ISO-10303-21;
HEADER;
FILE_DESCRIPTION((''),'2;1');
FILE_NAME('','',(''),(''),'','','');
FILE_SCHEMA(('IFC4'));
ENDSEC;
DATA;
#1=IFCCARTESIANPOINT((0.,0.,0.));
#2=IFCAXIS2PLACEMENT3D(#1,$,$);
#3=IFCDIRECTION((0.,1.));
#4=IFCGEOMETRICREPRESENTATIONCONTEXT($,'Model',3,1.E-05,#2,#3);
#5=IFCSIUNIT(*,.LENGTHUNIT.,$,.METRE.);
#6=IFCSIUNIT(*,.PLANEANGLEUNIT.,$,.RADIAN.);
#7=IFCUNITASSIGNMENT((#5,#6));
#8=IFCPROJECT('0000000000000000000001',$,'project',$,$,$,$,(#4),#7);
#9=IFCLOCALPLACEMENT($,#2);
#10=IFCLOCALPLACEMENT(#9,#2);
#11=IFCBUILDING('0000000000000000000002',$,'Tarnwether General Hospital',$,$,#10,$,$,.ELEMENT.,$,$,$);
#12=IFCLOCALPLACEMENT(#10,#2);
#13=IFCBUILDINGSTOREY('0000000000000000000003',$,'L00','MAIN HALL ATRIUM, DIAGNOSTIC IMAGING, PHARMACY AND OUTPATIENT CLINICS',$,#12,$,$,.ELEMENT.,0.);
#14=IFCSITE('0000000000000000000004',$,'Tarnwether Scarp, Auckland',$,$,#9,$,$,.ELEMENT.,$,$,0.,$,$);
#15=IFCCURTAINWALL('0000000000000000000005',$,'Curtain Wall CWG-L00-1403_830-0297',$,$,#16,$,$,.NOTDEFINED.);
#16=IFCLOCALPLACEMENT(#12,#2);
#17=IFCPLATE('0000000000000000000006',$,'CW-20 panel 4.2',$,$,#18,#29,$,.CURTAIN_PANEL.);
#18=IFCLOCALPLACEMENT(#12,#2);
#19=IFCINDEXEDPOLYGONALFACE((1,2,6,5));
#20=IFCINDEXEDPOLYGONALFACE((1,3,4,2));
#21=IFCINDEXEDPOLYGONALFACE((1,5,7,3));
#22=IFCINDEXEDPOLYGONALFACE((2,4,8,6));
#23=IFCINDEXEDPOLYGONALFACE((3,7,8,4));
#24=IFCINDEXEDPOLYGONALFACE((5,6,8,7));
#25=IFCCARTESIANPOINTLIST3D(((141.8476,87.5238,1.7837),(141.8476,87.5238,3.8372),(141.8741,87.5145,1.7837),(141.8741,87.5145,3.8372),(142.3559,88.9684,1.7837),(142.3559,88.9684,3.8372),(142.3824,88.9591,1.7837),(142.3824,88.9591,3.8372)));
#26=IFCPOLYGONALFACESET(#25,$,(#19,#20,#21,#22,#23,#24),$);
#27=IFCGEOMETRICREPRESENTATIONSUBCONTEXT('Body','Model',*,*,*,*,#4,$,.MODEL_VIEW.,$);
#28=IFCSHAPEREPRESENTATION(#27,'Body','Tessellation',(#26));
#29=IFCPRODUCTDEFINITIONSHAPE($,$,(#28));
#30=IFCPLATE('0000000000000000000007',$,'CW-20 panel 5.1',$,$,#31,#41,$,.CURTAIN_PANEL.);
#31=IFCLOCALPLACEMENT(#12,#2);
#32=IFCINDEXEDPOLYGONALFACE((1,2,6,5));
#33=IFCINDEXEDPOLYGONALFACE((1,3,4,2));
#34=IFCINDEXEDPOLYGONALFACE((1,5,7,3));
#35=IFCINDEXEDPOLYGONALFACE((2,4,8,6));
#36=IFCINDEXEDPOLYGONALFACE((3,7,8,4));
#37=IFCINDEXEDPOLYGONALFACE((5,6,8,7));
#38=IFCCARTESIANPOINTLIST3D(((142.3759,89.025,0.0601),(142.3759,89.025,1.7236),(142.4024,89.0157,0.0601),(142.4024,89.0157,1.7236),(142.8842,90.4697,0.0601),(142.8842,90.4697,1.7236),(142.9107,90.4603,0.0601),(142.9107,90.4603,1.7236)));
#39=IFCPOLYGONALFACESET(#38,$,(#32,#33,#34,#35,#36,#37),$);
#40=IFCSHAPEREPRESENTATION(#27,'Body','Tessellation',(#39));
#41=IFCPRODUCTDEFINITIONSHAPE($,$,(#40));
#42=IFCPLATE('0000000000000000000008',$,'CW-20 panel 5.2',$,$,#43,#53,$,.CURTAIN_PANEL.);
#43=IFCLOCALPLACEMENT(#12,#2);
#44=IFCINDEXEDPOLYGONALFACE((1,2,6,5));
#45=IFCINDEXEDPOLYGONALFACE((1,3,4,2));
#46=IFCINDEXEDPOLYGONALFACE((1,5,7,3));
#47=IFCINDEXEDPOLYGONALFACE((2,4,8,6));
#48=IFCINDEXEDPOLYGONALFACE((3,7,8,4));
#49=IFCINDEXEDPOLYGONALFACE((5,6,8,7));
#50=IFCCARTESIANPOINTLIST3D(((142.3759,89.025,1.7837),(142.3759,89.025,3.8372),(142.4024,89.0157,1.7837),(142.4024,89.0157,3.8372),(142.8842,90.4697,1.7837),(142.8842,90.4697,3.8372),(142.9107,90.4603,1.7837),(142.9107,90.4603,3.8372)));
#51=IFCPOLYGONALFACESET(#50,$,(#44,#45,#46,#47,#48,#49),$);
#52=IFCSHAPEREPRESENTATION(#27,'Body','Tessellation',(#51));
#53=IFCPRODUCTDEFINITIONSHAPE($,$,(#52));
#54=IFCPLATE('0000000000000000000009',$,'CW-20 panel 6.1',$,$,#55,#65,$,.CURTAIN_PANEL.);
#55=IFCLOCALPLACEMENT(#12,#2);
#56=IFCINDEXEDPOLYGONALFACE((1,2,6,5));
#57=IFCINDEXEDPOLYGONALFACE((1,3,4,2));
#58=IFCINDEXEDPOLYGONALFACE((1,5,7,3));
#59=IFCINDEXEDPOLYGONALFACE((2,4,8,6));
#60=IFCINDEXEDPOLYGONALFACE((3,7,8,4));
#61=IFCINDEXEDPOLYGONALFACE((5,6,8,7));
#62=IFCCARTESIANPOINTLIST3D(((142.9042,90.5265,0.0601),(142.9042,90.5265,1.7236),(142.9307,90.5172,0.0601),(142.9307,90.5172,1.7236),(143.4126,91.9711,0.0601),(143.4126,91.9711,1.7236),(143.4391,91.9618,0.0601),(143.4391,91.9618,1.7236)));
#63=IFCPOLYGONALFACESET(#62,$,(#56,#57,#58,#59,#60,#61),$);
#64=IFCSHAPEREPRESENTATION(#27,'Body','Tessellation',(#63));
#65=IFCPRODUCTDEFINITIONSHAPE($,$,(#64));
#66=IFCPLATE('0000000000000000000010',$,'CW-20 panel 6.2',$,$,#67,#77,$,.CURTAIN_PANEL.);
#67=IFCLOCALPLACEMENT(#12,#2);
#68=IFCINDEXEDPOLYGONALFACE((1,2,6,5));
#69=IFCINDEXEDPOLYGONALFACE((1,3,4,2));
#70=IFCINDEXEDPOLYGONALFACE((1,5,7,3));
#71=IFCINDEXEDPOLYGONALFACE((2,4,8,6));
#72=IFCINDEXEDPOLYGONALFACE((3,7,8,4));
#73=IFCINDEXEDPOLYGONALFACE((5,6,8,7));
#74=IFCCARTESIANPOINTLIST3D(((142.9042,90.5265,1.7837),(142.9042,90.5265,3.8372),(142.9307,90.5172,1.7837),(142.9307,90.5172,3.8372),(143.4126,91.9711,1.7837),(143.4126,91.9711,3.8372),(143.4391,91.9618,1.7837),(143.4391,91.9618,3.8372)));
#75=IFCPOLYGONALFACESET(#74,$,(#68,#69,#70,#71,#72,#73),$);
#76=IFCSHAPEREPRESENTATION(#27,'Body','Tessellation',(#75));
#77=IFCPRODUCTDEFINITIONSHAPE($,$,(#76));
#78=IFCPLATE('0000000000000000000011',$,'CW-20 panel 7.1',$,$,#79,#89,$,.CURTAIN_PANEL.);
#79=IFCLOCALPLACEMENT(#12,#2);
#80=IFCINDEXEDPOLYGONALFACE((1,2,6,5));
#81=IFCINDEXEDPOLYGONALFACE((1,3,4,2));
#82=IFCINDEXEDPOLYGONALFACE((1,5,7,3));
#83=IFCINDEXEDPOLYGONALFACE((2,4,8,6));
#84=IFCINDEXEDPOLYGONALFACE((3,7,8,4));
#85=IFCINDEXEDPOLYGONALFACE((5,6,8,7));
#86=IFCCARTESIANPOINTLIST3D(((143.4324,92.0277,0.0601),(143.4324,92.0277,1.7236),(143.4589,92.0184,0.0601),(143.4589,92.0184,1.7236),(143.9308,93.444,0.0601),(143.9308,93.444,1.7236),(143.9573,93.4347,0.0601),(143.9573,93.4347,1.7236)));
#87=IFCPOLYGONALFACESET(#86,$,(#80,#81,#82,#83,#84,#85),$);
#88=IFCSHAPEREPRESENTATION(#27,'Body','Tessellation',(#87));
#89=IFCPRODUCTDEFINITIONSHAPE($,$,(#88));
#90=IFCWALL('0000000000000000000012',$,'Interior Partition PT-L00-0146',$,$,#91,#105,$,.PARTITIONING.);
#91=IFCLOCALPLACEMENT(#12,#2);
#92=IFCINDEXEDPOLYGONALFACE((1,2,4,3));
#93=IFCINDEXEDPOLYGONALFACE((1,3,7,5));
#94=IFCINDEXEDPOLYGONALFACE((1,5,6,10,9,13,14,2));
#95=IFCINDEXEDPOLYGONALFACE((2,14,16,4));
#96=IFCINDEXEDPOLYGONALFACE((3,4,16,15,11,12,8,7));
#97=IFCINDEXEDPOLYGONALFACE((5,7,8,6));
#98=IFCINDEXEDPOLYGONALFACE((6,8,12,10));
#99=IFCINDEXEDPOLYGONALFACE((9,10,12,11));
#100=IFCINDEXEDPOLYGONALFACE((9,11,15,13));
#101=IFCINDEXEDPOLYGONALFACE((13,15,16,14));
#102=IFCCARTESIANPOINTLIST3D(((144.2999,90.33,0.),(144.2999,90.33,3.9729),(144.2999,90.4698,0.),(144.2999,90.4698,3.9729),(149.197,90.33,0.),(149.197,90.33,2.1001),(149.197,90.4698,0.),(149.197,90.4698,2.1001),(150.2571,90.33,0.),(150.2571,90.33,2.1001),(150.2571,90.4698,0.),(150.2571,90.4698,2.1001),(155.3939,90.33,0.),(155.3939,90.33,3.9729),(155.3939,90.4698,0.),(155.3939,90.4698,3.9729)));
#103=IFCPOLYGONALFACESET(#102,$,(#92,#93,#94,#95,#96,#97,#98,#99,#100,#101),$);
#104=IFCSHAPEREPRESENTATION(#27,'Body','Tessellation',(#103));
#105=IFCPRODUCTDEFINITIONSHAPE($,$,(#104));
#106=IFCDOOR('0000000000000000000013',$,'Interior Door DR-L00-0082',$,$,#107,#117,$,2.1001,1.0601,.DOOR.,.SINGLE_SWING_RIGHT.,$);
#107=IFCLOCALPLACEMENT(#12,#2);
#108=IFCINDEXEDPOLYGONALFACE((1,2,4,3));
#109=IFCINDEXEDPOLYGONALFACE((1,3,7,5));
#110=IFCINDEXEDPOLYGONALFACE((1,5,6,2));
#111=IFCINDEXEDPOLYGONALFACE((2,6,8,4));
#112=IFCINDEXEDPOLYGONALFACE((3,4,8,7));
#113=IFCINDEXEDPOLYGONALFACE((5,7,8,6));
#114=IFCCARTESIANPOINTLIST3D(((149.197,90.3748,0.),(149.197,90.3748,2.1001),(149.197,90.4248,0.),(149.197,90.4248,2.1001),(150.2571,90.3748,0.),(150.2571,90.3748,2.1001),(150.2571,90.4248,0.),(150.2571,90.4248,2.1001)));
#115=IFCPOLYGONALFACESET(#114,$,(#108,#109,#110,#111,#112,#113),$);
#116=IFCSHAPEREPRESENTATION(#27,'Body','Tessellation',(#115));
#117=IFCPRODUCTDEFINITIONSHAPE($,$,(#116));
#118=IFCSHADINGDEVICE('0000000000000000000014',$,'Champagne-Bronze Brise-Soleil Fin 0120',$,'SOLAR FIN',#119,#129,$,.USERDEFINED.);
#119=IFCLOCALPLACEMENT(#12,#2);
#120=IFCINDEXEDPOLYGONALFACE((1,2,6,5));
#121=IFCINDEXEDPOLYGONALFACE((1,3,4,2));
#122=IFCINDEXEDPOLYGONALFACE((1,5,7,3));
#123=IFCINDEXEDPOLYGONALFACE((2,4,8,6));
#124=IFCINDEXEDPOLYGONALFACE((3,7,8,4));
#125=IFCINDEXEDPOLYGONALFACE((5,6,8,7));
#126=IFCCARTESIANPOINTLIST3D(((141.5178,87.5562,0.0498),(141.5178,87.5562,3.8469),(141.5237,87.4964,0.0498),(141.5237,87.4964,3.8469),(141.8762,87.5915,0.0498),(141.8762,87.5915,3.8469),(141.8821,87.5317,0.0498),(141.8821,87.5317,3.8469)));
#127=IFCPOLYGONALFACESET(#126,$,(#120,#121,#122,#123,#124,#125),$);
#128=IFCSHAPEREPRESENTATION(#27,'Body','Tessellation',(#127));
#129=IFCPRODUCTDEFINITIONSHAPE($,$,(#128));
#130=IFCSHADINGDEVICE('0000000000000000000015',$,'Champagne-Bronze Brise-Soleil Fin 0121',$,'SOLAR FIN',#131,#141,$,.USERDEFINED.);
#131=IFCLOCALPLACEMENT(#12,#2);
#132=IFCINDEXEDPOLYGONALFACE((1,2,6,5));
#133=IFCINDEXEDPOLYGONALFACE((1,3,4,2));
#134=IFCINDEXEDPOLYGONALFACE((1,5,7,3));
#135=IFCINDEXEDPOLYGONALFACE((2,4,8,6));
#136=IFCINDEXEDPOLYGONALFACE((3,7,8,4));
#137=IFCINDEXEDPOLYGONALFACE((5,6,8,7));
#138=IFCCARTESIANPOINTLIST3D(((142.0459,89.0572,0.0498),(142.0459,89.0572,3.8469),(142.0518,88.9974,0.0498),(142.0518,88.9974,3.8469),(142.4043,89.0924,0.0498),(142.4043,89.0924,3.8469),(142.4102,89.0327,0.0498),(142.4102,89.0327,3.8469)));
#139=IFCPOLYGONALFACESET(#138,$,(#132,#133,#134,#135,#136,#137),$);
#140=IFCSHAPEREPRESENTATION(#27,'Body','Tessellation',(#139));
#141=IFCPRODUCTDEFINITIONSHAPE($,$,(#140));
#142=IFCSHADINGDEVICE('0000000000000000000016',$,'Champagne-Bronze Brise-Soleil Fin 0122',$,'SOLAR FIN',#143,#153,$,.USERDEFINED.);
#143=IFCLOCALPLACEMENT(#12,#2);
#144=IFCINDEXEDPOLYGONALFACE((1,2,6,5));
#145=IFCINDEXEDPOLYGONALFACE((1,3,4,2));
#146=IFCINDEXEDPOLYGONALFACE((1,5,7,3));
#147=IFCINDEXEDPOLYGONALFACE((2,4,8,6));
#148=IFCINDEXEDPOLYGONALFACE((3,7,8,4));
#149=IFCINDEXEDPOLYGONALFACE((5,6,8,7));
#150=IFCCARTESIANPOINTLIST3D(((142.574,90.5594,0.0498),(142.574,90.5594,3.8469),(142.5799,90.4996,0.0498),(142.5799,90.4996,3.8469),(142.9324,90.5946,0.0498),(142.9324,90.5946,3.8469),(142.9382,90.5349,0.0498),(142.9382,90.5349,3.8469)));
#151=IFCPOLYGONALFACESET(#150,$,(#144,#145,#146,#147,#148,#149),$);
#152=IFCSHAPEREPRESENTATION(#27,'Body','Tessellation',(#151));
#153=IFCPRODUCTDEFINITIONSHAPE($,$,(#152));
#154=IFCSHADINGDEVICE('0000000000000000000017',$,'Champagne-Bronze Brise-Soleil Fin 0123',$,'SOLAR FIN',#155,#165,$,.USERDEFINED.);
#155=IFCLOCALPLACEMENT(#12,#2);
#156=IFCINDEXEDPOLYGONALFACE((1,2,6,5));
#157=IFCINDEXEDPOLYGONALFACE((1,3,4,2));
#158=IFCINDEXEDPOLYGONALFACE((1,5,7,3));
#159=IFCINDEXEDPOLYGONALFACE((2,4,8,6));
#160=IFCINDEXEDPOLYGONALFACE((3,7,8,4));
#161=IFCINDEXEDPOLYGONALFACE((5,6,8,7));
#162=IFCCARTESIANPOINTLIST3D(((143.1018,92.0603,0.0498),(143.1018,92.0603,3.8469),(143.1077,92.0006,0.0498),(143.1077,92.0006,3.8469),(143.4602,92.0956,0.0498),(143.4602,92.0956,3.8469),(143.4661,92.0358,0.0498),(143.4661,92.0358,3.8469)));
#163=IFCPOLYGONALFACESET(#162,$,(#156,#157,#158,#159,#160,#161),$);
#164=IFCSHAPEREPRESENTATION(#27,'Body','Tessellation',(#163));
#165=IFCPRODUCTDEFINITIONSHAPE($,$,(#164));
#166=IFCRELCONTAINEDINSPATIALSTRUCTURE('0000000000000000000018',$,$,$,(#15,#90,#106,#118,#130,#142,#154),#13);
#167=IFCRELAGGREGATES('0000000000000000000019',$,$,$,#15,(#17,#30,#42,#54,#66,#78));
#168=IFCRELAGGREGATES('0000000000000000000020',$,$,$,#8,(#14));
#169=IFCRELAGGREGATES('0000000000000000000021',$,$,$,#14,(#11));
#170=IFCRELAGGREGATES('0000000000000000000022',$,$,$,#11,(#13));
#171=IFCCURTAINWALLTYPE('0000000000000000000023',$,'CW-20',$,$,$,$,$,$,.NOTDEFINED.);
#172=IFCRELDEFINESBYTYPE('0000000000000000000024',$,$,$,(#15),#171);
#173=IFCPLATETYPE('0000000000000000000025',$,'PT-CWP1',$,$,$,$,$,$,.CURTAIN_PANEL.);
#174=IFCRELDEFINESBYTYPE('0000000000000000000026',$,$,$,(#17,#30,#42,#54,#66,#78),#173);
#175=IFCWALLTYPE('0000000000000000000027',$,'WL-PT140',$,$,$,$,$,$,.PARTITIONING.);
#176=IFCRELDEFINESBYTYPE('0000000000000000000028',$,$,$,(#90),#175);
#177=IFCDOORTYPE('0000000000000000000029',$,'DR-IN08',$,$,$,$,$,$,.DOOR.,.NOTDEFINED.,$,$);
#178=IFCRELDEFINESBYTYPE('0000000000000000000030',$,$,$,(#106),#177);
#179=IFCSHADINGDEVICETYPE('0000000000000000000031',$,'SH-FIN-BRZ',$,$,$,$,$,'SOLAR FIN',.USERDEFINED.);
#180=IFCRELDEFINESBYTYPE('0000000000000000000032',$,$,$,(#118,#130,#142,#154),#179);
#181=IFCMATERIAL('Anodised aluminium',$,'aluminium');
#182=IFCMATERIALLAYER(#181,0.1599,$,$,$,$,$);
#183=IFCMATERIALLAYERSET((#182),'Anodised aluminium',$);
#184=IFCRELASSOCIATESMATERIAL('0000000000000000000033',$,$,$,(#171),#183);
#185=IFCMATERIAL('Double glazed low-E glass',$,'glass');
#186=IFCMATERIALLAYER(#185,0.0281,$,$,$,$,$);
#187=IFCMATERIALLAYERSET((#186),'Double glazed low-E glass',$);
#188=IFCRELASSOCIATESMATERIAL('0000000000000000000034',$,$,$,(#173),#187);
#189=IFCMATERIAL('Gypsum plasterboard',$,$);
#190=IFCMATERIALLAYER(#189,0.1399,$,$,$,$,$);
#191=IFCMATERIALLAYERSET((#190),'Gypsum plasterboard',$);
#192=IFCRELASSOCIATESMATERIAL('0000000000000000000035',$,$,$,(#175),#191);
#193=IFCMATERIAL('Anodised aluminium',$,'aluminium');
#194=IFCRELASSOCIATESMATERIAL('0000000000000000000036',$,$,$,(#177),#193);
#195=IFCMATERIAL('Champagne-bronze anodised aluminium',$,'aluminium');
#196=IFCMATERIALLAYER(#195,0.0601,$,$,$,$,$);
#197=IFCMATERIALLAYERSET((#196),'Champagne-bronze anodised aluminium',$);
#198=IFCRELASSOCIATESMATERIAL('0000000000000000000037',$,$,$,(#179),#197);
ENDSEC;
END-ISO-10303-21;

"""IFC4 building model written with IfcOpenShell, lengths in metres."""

from ifc_helpers import new_model, si_unit, direction, frame, frame_2d, origin, origin_2d, place, context, subcontext, project, spatial, rectangle, extrude, material, layer, layer_set, type_object, element, fill, aggregate, save


model = new_model("IFC4")

# Units and contexts
model_context = context("Model", 3, precision=1e-05, world=origin(), true_north=direction((0.0, 1.0)))
body_context = subcontext(model_context, "Body", "Model", "MODEL_VIEW")
ifc_project = project(units=[si_unit("LENGTHUNIT", "METRE"), si_unit("PLANEANGLEUNIT", "RADIAN")], contexts=[model_context])

# Site, building, storey
site_placement = place(None, origin())
site = spatial("IfcSite", under=ifc_project, at=site_placement, Name="Tarnwether Scarp, Auckland", CompositionType="ELEMENT", RefElevation=0.0)
building_placement = place(site_placement, origin())
building = spatial("IfcBuilding", under=site, at=building_placement, Name="Tarnwether General Hospital", CompositionType="ELEMENT")
storey_placement = place(building_placement, origin())
storey = spatial("IfcBuildingStorey", under=building, at=storey_placement, Name="L00", Description="MAIN HALL ATRIUM, DIAGNOSTIC IMAGING, PHARMACY AND OUTPATIENT CLINICS", CompositionType="ELEMENT", Elevation=0.0)

# Curtain wall, plates
ifc_material_1 = material(Name="Anodised aluminium", Category="aluminium")
ifc_layer_1 = layer(ifc_material_1, 0.1599)
ifc_layer_set_1 = layer_set([ifc_layer_1], Name="Anodised aluminium")
curtain_wall_type = type_object("IfcCurtainWallType", Name="CW-20", PredefinedType="NOTDEFINED", material=ifc_layer_set_1)
curtain_wall_placement = place(storey_placement, origin())
curtain_wall = element("IfcCurtainWall", 1, at=curtain_wall_placement, inside=storey, type_object=curtain_wall_type, Name="Curtain Wall CWG-L00-1403_830-0297", PredefinedType="NOTDEFINED")
ifc_material_2 = material(Name="Double glazed low-E glass", Category="glass")
ifc_layer_2 = layer(ifc_material_2, 0.0281)
ifc_layer_set_2 = layer_set([ifc_layer_2], Name="Double glazed low-E glass")
plate_type = type_object("IfcPlateType", Name="PT-CWP1", PredefinedType="CURTAIN_PANEL", material=ifc_layer_set_2)
plate_1_placement = place(storey_placement, frame((142.115, 88.2415, 1.7837), z_axis=(0.0, 0.0, 1.0), x_axis=(0.331937, 0.943301, 0.0)))
plate_1 = element("IfcPlate", 2, at=plate_1_placement, type_object=plate_type, Name="CW-20 panel 4.2", PredefinedType="CURTAIN_PANEL", context=body_context, shape_type="SweptSolid", body=[
    extrude(rectangle(XDim=1.5315, YDim=0.0281, at=origin_2d()), origin(), (0.0, 0.0, 1.0), 2.0535),
])
plate_2_placement = place(storey_placement, frame((142.6433, 89.7427, 0.0601), z_axis=(0.0, 0.0, 1.0), x_axis=(0.331937, 0.943301, 0.0)))
plate_2 = element("IfcPlate", 3, at=plate_2_placement, type_object=plate_type, Name="CW-20 panel 5.1", PredefinedType="CURTAIN_PANEL", context=body_context, shape_type="SweptSolid", body=[
    extrude(rectangle(XDim=1.5315, YDim=0.0281, at=origin_2d()), origin(), (0.0, 0.0, 1.0), 1.6636),
])
plate_3_placement = place(storey_placement, frame((142.6433, 89.7427, 1.7837), z_axis=(0.0, 0.0, 1.0), x_axis=(0.331937, 0.943301, 0.0)))
plate_3 = element("IfcPlate", 4, at=plate_3_placement, type_object=plate_type, Name="CW-20 panel 5.2", PredefinedType="CURTAIN_PANEL", context=body_context, shape_type="SweptSolid", body=[
    extrude(rectangle(XDim=1.5315, YDim=0.0281, at=origin_2d()), origin(), (0.0, 0.0, 1.0), 2.0535),
])
plate_4_placement = place(storey_placement, frame((143.1716, 91.2441, 0.0601), z_axis=(0.0, 0.0, 1.0), x_axis=(0.331937, 0.943301, 0.0)))
plate_4 = element("IfcPlate", 5, at=plate_4_placement, type_object=plate_type, Name="CW-20 panel 6.1", PredefinedType="CURTAIN_PANEL", context=body_context, shape_type="SweptSolid", body=[
    extrude(rectangle(XDim=1.5315, YDim=0.0281, at=origin_2d()), origin(), (0.0, 0.0, 1.0), 1.6636),
])
plate_5_placement = place(storey_placement, frame((143.1716, 91.2441, 1.7837), z_axis=(0.0, 0.0, 1.0), x_axis=(0.331937, 0.943301, 0.0)))
plate_5 = element("IfcPlate", 6, at=plate_5_placement, type_object=plate_type, Name="CW-20 panel 6.2", PredefinedType="CURTAIN_PANEL", context=body_context, shape_type="SweptSolid", body=[
    extrude(rectangle(XDim=1.5315, YDim=0.0281, at=origin_2d()), origin(), (0.0, 0.0, 1.0), 2.0535),
])
plate_6_placement = place(storey_placement, frame((143.6948, 92.7312, 0.0601), z_axis=(0.0, 0.0, 1.0), x_axis=(0.331937, 0.943301, 0.0)))
plate_6 = element("IfcPlate", 7, at=plate_6_placement, type_object=plate_type, Name="CW-20 panel 7.1", PredefinedType="CURTAIN_PANEL", context=body_context, shape_type="SweptSolid", body=[
    extrude(rectangle(XDim=1.5015, YDim=0.0281, at=origin_2d()), origin(), (0.0, 0.0, 1.0), 1.6636),
])
aggregate(curtain_wall, [plate_1, plate_2, plate_3, plate_4, plate_5, plate_6])

# Wall, opening, door
ifc_material_3 = material(Name="Gypsum plasterboard")
ifc_layer_3 = layer(ifc_material_3, 0.1399)
ifc_layer_set_3 = layer_set([ifc_layer_3], Name="Gypsum plasterboard")
wall_type = type_object("IfcWallType", Name="WL-PT140", PredefinedType="PARTITIONING", material=ifc_layer_set_3)
wall_placement = place(storey_placement, frame((144.3, 90.3999, 0.0), z_axis=(0.0, 0.0, 1.0), x_axis=(1.0, 0.0, 0.0)))
wall = element("IfcWall", 8, at=wall_placement, inside=storey, type_object=wall_type, Name="Interior Partition PT-L00-0146", PredefinedType="PARTITIONING", context=body_context, shape_type="SweptSolid", body=[
    extrude(rectangle(XDim=11.094, YDim=0.1399, at=frame_2d((5.5469, 0.0))), origin(), (0.0, 0.0, 1.0), 3.9729),
])
opening_placement = place(wall_placement, frame((4.897, 0.0, 0.0)))
opening = element("IfcOpeningElement", 9, at=opening_placement, cuts=wall, PredefinedType="OPENING", context=body_context, shape_type="SweptSolid", body=[
    extrude(rectangle(XDim=1.0601, YDim=2.1001, at=frame_2d((0.53, 1.05))), frame((0.0, 0.0801, 0.0), z_axis=(0.0, -1.0, 0.0), x_axis=(1.0, 0.0, 0.0)), (0.0, 0.0, 1.0), 0.1599),
])
ifc_material_4 = material(Name="Anodised aluminium", Category="aluminium")
door_type = type_object("IfcDoorType", Name="DR-IN08", OperationType="NOTDEFINED", PredefinedType="DOOR", material=ifc_material_4)
door_placement = place(opening_placement, origin())
door = element("IfcDoor", 10, at=door_placement, inside=storey, type_object=door_type, Name="Interior Door DR-L00-0082", OperationType="SINGLE_SWING_RIGHT", OverallHeight=2.1001, OverallWidth=1.0601, PredefinedType="DOOR", context=body_context, shape_type="SweptSolid", body=[
    extrude(rectangle(XDim=1.0601, YDim=2.1001, at=frame_2d((0.53, 1.05))), frame((0.0, 0.0249, 0.0), z_axis=(0.0, -1.0, 0.0), x_axis=(1.0, 0.0, 0.0)), (0.0, 0.0, 1.0), 0.05),
])
fill(opening, door)

# Shading devices
ifc_material_5 = material(Name="Champagne-bronze anodised aluminium", Category="aluminium")
ifc_layer_4 = layer(ifc_material_5, 0.0601)
ifc_layer_set_4 = layer_set([ifc_layer_4], Name="Champagne-bronze anodised aluminium")
shading_device_type = type_object("IfcShadingDeviceType", Name="SH-FIN-BRZ", ElementType="SOLAR FIN", PredefinedType="USERDEFINED", material=ifc_layer_set_4)
for number, where, z_axis, x_axis, name in (
    (11, (141.7, 87.5439, 0.0498), (0.0, 0.0, 1.0), (-0.09793, 0.995193, 0.0), "Champagne-Bronze Brise-Soleil Fin 0120"),
    (12, (142.228, 89.0449, 0.0498), (0.0, 0.0, 1.0), (-0.09793, 0.995193, 0.0), "Champagne-Bronze Brise-Soleil Fin 0121"),
    (13, (142.7561, 90.5471, 0.0498), (0.0, 0.0, 1.0), (-0.09793, 0.995193, 0.0), "Champagne-Bronze Brise-Soleil Fin 0122"),
    (14, (143.2839, 92.0481, 0.0498), (0.0, 0.0, 1.0), (-0.09793, 0.995193, 0.0), "Champagne-Bronze Brise-Soleil Fin 0123"),
):
    element("IfcShadingDevice", number, at=place(storey_placement, frame(where, z_axis=z_axis, x_axis=x_axis)), inside=storey, type_object=shading_device_type, Name=name, ObjectType="SOLAR FIN", PredefinedType="USERDEFINED", context=body_context, shape_type="SweptSolid", body=[
        extrude(rectangle(XDim=0.0601, YDim=0.3601, at=origin_2d()), origin(), (0.0, 0.0, 1.0), 3.7971),
    ])

save(model, "model.ifc")
